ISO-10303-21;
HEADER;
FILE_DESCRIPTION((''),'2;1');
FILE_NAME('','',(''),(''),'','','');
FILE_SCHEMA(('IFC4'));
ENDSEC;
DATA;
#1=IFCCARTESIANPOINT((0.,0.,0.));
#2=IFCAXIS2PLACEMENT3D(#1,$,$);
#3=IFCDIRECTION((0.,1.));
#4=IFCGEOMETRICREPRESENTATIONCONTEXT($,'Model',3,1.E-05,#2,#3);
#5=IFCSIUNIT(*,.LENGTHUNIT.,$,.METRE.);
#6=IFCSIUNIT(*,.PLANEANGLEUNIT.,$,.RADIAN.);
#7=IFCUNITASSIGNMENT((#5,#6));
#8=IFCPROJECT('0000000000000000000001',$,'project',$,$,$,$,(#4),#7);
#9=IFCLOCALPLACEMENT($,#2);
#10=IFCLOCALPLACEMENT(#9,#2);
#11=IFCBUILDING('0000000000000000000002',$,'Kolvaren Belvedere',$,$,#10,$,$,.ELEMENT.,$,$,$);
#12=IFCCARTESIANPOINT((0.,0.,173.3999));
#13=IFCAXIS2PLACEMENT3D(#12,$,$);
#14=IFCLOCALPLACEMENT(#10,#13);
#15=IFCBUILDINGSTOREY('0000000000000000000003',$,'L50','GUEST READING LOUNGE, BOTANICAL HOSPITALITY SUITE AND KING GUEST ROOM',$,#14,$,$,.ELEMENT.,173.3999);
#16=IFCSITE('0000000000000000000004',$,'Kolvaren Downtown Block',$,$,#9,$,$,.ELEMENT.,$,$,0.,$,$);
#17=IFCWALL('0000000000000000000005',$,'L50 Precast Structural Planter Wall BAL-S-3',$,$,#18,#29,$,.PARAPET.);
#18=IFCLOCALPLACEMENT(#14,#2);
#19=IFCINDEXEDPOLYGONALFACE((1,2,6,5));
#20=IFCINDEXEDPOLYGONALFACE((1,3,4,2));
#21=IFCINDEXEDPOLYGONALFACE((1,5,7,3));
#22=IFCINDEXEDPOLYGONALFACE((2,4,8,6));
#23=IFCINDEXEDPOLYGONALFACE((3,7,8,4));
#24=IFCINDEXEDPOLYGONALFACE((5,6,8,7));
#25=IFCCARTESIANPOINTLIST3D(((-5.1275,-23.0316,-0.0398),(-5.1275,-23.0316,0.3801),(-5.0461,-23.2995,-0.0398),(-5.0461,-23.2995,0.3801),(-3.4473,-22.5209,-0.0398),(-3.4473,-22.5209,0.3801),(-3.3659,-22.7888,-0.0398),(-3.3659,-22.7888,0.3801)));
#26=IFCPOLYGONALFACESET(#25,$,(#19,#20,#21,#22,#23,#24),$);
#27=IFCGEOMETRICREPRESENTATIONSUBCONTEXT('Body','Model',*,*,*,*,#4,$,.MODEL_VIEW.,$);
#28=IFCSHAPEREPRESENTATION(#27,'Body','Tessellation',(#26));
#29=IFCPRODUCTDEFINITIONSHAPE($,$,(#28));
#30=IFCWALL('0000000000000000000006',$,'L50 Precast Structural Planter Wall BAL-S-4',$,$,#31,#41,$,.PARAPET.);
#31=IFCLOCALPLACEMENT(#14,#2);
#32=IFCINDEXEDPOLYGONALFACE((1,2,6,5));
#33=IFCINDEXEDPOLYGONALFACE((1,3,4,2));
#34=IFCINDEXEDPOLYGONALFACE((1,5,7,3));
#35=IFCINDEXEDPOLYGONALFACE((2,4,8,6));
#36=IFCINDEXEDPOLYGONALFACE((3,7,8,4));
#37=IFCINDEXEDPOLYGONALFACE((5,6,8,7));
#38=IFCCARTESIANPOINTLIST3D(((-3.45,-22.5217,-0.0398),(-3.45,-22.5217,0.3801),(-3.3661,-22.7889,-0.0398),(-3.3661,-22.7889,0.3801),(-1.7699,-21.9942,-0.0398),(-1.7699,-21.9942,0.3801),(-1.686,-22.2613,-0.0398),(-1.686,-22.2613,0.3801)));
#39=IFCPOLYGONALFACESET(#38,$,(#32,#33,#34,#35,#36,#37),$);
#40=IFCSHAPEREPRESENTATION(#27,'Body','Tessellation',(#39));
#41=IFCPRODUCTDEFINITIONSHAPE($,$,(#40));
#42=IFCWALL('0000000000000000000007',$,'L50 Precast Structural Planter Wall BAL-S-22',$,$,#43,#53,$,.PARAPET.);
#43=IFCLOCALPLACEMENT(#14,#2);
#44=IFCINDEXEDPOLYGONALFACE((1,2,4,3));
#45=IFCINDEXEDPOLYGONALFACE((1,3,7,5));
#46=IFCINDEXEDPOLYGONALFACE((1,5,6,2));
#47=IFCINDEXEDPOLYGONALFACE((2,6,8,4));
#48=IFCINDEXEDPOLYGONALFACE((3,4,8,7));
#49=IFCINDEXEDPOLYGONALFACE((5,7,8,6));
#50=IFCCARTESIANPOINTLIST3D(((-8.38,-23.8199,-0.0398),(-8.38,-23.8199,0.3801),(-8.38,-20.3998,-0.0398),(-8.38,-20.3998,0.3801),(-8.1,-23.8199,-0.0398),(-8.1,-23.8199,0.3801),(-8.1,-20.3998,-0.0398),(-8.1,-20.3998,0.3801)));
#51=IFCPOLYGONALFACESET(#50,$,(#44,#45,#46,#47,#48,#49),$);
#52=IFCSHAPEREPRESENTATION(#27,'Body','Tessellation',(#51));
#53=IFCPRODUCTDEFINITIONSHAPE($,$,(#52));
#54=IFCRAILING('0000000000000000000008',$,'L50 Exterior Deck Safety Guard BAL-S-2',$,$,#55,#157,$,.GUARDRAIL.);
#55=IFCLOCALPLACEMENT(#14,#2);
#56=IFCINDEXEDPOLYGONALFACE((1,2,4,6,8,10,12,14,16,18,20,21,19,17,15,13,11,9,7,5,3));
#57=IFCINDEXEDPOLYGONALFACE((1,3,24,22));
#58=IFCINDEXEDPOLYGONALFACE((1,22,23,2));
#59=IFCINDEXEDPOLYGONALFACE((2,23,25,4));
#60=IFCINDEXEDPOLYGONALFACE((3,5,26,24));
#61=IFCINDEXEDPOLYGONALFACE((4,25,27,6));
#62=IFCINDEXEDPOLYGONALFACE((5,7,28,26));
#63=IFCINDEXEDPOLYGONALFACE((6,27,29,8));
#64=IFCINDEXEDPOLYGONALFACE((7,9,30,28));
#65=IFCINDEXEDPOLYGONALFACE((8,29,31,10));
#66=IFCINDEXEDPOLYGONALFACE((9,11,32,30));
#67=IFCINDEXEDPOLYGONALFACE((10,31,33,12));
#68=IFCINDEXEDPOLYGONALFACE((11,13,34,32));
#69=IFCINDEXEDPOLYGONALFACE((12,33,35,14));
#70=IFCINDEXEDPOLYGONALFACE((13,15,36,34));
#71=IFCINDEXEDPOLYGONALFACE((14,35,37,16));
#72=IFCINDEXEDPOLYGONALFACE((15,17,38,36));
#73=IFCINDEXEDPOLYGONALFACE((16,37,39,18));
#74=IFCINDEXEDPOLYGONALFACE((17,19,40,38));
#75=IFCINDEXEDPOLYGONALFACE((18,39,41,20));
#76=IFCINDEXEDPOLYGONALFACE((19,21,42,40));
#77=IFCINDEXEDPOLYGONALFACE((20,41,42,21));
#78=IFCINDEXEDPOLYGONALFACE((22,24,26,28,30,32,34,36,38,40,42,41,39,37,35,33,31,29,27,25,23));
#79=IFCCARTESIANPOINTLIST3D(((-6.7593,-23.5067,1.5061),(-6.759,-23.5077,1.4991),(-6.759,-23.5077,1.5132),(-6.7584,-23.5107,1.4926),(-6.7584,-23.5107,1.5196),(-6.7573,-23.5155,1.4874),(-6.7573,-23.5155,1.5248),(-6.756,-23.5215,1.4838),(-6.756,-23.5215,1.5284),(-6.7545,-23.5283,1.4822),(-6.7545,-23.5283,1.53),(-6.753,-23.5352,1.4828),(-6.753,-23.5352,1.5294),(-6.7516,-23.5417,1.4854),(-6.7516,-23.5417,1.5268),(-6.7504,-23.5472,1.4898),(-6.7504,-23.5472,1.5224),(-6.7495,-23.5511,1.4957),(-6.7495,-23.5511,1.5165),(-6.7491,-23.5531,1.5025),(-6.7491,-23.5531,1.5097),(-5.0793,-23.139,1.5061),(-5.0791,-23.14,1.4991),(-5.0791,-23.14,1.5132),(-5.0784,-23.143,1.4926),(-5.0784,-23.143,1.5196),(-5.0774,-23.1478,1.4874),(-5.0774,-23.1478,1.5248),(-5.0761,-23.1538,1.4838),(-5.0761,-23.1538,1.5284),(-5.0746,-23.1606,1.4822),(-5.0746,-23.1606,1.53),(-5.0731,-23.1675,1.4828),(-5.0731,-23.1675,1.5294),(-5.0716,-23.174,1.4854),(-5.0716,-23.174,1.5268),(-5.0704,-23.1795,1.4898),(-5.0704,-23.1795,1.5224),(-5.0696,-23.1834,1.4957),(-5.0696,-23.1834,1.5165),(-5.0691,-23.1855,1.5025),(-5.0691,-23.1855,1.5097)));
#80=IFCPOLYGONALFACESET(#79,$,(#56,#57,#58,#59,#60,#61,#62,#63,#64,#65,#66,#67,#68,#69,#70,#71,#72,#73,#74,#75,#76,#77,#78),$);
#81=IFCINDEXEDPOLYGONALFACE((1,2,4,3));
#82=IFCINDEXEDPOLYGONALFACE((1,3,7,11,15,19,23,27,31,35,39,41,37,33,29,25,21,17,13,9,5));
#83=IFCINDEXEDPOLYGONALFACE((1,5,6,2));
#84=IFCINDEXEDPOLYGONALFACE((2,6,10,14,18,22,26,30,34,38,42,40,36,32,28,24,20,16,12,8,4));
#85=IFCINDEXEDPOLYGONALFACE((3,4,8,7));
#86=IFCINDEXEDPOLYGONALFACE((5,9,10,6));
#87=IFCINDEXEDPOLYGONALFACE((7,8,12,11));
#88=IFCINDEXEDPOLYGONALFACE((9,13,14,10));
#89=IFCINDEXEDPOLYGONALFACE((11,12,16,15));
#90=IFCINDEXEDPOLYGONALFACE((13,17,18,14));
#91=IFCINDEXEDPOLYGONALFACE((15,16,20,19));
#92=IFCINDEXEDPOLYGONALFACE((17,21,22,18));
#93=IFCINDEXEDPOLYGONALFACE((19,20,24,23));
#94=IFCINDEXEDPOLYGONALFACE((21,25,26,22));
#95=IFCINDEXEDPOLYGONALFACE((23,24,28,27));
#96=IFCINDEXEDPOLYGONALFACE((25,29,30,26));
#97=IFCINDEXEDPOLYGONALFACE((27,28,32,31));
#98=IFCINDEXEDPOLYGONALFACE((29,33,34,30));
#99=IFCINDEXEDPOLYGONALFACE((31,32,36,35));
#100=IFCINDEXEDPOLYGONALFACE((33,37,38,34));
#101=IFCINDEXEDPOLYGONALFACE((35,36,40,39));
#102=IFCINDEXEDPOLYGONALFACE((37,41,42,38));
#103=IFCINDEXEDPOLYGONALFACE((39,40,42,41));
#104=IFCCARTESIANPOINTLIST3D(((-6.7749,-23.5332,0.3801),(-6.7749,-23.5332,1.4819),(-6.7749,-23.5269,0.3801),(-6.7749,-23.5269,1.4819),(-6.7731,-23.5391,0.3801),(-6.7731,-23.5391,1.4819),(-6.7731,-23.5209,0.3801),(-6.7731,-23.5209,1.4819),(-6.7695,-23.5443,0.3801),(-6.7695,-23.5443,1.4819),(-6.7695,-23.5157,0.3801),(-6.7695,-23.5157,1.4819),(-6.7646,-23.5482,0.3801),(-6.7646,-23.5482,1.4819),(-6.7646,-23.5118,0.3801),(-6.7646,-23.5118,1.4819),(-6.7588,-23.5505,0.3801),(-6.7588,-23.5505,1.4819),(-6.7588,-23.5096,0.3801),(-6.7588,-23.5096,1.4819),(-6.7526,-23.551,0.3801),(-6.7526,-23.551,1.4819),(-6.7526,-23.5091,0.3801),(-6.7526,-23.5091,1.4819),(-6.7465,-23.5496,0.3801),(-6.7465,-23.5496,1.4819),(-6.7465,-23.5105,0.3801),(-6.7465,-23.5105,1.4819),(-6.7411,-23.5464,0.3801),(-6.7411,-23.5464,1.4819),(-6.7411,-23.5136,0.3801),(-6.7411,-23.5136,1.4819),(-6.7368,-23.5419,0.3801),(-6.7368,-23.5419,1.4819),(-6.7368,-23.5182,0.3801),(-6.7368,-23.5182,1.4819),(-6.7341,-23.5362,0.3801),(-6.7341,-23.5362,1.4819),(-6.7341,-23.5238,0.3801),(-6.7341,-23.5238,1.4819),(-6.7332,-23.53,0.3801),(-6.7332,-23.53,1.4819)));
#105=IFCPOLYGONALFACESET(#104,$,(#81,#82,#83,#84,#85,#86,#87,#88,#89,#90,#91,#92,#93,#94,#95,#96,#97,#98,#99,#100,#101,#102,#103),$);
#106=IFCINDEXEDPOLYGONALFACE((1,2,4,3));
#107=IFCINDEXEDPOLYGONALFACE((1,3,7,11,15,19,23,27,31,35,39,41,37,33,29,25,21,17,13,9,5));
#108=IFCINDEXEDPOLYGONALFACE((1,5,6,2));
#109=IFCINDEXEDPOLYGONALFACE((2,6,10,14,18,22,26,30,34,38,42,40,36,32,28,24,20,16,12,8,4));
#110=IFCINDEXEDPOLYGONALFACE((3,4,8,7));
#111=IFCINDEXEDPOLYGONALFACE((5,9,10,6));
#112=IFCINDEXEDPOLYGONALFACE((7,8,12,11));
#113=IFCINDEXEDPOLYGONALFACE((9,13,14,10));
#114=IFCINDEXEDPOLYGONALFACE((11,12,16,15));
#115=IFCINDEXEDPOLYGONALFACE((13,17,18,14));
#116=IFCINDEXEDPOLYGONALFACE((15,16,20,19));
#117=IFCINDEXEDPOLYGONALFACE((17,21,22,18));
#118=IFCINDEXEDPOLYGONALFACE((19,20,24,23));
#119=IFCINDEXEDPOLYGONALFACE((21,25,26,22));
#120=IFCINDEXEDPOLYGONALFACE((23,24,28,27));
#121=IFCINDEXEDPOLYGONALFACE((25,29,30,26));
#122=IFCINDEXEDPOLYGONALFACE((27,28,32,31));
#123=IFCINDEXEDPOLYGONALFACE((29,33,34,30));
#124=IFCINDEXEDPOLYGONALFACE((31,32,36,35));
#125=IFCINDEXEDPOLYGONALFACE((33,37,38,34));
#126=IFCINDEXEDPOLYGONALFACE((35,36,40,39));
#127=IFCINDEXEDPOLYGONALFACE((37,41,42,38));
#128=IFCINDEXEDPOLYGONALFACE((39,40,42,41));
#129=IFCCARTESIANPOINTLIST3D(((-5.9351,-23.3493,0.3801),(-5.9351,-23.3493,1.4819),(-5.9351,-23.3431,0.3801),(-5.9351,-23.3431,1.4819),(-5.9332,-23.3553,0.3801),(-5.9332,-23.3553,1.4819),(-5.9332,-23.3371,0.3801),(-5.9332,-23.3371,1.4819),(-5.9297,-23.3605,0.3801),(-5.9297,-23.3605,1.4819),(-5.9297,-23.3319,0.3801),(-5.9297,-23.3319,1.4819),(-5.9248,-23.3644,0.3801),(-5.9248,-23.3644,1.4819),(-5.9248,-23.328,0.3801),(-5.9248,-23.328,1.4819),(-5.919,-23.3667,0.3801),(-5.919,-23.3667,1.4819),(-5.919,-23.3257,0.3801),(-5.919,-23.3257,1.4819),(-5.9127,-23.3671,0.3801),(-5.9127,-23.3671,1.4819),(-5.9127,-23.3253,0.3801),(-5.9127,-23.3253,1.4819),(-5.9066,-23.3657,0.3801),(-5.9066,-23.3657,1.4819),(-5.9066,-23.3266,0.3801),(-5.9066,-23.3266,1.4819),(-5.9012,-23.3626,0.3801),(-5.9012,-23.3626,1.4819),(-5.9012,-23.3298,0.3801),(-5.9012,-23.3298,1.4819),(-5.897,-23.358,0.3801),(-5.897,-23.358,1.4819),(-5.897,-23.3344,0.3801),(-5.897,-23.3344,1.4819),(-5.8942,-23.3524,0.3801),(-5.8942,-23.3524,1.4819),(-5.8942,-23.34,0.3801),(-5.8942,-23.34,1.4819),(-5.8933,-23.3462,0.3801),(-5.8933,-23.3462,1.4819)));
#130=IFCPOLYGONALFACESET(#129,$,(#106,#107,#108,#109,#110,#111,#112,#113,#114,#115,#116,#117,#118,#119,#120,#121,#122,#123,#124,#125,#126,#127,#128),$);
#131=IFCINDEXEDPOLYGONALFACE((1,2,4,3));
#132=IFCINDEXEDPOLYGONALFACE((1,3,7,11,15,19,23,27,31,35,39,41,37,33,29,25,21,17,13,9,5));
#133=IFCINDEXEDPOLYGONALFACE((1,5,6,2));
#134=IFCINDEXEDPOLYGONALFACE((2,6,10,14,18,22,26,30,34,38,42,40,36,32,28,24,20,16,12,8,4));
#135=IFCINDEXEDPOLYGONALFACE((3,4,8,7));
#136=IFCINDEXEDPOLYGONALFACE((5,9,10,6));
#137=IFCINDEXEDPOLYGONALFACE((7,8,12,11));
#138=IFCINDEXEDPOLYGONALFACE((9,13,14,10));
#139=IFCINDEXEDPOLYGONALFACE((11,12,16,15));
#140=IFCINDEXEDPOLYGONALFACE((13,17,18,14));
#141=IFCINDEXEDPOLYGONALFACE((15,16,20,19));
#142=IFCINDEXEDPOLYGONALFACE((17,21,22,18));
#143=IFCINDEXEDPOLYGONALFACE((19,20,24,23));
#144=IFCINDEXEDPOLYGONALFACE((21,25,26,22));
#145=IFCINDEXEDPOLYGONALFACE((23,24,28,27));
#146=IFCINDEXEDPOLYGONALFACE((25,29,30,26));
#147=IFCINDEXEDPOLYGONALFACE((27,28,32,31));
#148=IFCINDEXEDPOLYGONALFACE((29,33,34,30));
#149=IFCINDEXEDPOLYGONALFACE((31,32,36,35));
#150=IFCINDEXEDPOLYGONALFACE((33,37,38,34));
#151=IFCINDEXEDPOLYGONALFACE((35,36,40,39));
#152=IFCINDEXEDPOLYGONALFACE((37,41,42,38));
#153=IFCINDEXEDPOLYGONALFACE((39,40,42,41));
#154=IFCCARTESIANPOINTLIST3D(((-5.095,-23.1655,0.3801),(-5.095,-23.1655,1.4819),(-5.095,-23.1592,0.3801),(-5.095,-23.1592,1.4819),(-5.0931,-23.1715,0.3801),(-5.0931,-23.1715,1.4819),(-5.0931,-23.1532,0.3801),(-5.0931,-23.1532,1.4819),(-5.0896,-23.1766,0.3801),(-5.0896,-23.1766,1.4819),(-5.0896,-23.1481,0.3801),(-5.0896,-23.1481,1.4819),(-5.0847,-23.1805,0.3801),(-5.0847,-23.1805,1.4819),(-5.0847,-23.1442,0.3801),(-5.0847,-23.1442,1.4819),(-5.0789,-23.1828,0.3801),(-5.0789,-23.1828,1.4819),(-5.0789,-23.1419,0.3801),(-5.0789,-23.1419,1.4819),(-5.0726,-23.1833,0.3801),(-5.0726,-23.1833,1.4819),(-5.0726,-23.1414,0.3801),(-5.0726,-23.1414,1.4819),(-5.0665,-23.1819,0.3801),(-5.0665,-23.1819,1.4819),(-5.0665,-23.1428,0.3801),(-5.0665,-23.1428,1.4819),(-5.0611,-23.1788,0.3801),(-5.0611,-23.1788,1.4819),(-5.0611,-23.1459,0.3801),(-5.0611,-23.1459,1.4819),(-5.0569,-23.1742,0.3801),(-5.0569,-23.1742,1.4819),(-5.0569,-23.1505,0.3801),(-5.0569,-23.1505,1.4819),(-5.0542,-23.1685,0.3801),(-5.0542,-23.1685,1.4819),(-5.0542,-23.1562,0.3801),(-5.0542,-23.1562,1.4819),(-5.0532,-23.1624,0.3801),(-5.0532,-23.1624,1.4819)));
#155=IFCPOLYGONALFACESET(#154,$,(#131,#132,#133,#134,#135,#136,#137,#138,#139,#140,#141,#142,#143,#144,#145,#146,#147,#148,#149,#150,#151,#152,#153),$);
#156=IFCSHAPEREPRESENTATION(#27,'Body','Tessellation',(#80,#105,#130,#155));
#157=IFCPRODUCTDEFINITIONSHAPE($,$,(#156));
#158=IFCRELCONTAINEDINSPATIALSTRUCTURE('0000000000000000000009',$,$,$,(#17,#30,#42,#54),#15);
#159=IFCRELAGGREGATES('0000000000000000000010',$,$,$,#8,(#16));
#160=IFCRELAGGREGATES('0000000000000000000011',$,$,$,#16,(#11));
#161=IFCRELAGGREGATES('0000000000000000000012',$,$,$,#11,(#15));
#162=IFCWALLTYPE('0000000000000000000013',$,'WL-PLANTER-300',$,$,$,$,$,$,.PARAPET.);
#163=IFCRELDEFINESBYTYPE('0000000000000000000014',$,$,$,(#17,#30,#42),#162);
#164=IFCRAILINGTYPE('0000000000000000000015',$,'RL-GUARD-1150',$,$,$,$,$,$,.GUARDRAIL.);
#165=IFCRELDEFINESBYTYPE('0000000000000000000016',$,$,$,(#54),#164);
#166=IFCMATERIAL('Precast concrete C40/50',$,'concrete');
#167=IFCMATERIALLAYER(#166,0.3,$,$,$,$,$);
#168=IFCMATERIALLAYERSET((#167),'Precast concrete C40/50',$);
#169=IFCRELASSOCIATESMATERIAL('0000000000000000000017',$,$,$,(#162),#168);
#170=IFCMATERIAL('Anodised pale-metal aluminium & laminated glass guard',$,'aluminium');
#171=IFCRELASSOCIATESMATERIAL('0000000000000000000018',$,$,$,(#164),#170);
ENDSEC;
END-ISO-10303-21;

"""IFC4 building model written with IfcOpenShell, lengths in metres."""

from ifc_helpers import new_model, si_unit, direction, frame, frame_2d, origin, origin_2d, place, context, subcontext, project, spatial, rectangle, circle, extrude, material, layer, layer_set, type_object, element, save


model = new_model("IFC4")

# Units and contexts
model_context = context("Model", 3, precision=1e-05, world=origin(), true_north=direction((0.0, 1.0)))
body_context = subcontext(model_context, "Body", "Model", "MODEL_VIEW")
ifc_project = project(units=[si_unit("LENGTHUNIT", "METRE"), si_unit("PLANEANGLEUNIT", "RADIAN")], contexts=[model_context])

# Site, building, storey
site_placement = place(None, origin())
site = spatial("IfcSite", under=ifc_project, at=site_placement, Name="Kolvaren Downtown Block", CompositionType="ELEMENT", RefElevation=0.0)
building_placement = place(site_placement, origin())
building = spatial("IfcBuilding", under=site, at=building_placement, Name="Kolvaren Belvedere", CompositionType="ELEMENT")
storey_placement = place(building_placement, frame((0.0, 0.0, 173.3999)))
storey = spatial("IfcBuildingStorey", under=building, at=storey_placement, Name="L50", Description="GUEST READING LOUNGE, BOTANICAL HOSPITALITY SUITE AND KING GUEST ROOM", CompositionType="ELEMENT", Elevation=173.3999)

# Walls
ifc_material_1 = material(Name="Precast concrete C40/50", Category="concrete")
ifc_layer_1 = layer(ifc_material_1, 0.3)
ifc_layer_set_1 = layer_set([ifc_layer_1], Name="Precast concrete C40/50")
wall_type_1 = type_object("IfcWallType", Name="WL-PLANTER-300", PredefinedType="PARAPET", material=ifc_layer_set_1)
wall_1_placement = place(storey_placement, frame((-5.0867, -23.1655, -0.0398), z_axis=(0.0, 0.0, 1.0), x_axis=(0.956771, 0.290841, 0.0)))
element("IfcWall", 1, at=wall_1_placement, inside=storey, type_object=wall_type_1, Name="L50 Precast Structural Planter Wall BAL-S-3", PredefinedType="PARAPET", context=body_context, shape_type="SweptSolid", body=[
    extrude(rectangle(XDim=1.7561, YDim=0.28, at=frame_2d((0.8779, 0.0))), origin(), (0.0, 0.0, 1.0), 0.4199),
])
wall_2_placement = place(storey_placement, frame((-3.408, -22.6553, -0.0398), z_axis=(0.0, 0.0, 1.0), x_axis=(0.95407, 0.299585, 0.0)))
element("IfcWall", 2, at=wall_2_placement, inside=storey, type_object=wall_type_1, Name="L50 Precast Structural Planter Wall BAL-S-4", PredefinedType="PARAPET", context=body_context, shape_type="SweptSolid", body=[
    extrude(rectangle(XDim=1.761, YDim=0.28, at=frame_2d((0.8804, 0.0))), origin(), (0.0, 0.0, 1.0), 0.4199),
])
wall_3_placement = place(storey_placement, frame((-8.24, -20.3999, -0.0398), z_axis=(0.0, 0.0, 1.0), x_axis=(0.0, -1.0, 0.0)))
element("IfcWall", 3, at=wall_3_placement, inside=storey, type_object=wall_type_1, Name="L50 Precast Structural Planter Wall BAL-S-22", PredefinedType="PARAPET", context=body_context, shape_type="SweptSolid", body=[
    extrude(rectangle(XDim=3.4202, YDim=0.28, at=frame_2d((1.71, 0.0))), origin(), (0.0, 0.0, 1.0), 0.4199),
])

# Railing
ifc_material_2 = material(Name="Anodised pale-metal aluminium & laminated glass guard", Category="aluminium")
railing_type = type_object("IfcRailingType", Name="RL-GUARD-1150", PredefinedType="GUARDRAIL", material=ifc_material_2)
railing_1_placement = place(storey_placement, frame((-6.7542, -23.53, 0.3801)))
element("IfcRailing", 4, at=railing_1_placement, inside=storey, type_object=railing_type, Name="L50 Exterior Deck Safety Guard BAL-S-2", PredefinedType="GUARDRAIL", context=body_context, shape_type="SweptSolid", body=[
    extrude(circle(Radius=0.0239, at=origin_2d()), frame((0.0, 0.0, 1.126), z_axis=(0.976877, 0.213803, 0.0), x_axis=(-0.213803, 0.976877, 0.0)), (0.0, 0.0, 1.0), 1.7197),
    extrude(circle(Radius=0.021, at=origin_2d()), origin(), (0.0, 0.0, 1.0), 1.1018),
    extrude(circle(Radius=0.021, at=origin_2d()), frame((0.8398, 0.1838, 0.0)), (0.0, 0.0, 1.0), 1.1018),
    extrude(circle(Radius=0.021, at=origin_2d()), frame((1.6799, 0.3677, 0.0)), (0.0, 0.0, 1.0), 1.1018),
])

save(model, "model.ifc")
